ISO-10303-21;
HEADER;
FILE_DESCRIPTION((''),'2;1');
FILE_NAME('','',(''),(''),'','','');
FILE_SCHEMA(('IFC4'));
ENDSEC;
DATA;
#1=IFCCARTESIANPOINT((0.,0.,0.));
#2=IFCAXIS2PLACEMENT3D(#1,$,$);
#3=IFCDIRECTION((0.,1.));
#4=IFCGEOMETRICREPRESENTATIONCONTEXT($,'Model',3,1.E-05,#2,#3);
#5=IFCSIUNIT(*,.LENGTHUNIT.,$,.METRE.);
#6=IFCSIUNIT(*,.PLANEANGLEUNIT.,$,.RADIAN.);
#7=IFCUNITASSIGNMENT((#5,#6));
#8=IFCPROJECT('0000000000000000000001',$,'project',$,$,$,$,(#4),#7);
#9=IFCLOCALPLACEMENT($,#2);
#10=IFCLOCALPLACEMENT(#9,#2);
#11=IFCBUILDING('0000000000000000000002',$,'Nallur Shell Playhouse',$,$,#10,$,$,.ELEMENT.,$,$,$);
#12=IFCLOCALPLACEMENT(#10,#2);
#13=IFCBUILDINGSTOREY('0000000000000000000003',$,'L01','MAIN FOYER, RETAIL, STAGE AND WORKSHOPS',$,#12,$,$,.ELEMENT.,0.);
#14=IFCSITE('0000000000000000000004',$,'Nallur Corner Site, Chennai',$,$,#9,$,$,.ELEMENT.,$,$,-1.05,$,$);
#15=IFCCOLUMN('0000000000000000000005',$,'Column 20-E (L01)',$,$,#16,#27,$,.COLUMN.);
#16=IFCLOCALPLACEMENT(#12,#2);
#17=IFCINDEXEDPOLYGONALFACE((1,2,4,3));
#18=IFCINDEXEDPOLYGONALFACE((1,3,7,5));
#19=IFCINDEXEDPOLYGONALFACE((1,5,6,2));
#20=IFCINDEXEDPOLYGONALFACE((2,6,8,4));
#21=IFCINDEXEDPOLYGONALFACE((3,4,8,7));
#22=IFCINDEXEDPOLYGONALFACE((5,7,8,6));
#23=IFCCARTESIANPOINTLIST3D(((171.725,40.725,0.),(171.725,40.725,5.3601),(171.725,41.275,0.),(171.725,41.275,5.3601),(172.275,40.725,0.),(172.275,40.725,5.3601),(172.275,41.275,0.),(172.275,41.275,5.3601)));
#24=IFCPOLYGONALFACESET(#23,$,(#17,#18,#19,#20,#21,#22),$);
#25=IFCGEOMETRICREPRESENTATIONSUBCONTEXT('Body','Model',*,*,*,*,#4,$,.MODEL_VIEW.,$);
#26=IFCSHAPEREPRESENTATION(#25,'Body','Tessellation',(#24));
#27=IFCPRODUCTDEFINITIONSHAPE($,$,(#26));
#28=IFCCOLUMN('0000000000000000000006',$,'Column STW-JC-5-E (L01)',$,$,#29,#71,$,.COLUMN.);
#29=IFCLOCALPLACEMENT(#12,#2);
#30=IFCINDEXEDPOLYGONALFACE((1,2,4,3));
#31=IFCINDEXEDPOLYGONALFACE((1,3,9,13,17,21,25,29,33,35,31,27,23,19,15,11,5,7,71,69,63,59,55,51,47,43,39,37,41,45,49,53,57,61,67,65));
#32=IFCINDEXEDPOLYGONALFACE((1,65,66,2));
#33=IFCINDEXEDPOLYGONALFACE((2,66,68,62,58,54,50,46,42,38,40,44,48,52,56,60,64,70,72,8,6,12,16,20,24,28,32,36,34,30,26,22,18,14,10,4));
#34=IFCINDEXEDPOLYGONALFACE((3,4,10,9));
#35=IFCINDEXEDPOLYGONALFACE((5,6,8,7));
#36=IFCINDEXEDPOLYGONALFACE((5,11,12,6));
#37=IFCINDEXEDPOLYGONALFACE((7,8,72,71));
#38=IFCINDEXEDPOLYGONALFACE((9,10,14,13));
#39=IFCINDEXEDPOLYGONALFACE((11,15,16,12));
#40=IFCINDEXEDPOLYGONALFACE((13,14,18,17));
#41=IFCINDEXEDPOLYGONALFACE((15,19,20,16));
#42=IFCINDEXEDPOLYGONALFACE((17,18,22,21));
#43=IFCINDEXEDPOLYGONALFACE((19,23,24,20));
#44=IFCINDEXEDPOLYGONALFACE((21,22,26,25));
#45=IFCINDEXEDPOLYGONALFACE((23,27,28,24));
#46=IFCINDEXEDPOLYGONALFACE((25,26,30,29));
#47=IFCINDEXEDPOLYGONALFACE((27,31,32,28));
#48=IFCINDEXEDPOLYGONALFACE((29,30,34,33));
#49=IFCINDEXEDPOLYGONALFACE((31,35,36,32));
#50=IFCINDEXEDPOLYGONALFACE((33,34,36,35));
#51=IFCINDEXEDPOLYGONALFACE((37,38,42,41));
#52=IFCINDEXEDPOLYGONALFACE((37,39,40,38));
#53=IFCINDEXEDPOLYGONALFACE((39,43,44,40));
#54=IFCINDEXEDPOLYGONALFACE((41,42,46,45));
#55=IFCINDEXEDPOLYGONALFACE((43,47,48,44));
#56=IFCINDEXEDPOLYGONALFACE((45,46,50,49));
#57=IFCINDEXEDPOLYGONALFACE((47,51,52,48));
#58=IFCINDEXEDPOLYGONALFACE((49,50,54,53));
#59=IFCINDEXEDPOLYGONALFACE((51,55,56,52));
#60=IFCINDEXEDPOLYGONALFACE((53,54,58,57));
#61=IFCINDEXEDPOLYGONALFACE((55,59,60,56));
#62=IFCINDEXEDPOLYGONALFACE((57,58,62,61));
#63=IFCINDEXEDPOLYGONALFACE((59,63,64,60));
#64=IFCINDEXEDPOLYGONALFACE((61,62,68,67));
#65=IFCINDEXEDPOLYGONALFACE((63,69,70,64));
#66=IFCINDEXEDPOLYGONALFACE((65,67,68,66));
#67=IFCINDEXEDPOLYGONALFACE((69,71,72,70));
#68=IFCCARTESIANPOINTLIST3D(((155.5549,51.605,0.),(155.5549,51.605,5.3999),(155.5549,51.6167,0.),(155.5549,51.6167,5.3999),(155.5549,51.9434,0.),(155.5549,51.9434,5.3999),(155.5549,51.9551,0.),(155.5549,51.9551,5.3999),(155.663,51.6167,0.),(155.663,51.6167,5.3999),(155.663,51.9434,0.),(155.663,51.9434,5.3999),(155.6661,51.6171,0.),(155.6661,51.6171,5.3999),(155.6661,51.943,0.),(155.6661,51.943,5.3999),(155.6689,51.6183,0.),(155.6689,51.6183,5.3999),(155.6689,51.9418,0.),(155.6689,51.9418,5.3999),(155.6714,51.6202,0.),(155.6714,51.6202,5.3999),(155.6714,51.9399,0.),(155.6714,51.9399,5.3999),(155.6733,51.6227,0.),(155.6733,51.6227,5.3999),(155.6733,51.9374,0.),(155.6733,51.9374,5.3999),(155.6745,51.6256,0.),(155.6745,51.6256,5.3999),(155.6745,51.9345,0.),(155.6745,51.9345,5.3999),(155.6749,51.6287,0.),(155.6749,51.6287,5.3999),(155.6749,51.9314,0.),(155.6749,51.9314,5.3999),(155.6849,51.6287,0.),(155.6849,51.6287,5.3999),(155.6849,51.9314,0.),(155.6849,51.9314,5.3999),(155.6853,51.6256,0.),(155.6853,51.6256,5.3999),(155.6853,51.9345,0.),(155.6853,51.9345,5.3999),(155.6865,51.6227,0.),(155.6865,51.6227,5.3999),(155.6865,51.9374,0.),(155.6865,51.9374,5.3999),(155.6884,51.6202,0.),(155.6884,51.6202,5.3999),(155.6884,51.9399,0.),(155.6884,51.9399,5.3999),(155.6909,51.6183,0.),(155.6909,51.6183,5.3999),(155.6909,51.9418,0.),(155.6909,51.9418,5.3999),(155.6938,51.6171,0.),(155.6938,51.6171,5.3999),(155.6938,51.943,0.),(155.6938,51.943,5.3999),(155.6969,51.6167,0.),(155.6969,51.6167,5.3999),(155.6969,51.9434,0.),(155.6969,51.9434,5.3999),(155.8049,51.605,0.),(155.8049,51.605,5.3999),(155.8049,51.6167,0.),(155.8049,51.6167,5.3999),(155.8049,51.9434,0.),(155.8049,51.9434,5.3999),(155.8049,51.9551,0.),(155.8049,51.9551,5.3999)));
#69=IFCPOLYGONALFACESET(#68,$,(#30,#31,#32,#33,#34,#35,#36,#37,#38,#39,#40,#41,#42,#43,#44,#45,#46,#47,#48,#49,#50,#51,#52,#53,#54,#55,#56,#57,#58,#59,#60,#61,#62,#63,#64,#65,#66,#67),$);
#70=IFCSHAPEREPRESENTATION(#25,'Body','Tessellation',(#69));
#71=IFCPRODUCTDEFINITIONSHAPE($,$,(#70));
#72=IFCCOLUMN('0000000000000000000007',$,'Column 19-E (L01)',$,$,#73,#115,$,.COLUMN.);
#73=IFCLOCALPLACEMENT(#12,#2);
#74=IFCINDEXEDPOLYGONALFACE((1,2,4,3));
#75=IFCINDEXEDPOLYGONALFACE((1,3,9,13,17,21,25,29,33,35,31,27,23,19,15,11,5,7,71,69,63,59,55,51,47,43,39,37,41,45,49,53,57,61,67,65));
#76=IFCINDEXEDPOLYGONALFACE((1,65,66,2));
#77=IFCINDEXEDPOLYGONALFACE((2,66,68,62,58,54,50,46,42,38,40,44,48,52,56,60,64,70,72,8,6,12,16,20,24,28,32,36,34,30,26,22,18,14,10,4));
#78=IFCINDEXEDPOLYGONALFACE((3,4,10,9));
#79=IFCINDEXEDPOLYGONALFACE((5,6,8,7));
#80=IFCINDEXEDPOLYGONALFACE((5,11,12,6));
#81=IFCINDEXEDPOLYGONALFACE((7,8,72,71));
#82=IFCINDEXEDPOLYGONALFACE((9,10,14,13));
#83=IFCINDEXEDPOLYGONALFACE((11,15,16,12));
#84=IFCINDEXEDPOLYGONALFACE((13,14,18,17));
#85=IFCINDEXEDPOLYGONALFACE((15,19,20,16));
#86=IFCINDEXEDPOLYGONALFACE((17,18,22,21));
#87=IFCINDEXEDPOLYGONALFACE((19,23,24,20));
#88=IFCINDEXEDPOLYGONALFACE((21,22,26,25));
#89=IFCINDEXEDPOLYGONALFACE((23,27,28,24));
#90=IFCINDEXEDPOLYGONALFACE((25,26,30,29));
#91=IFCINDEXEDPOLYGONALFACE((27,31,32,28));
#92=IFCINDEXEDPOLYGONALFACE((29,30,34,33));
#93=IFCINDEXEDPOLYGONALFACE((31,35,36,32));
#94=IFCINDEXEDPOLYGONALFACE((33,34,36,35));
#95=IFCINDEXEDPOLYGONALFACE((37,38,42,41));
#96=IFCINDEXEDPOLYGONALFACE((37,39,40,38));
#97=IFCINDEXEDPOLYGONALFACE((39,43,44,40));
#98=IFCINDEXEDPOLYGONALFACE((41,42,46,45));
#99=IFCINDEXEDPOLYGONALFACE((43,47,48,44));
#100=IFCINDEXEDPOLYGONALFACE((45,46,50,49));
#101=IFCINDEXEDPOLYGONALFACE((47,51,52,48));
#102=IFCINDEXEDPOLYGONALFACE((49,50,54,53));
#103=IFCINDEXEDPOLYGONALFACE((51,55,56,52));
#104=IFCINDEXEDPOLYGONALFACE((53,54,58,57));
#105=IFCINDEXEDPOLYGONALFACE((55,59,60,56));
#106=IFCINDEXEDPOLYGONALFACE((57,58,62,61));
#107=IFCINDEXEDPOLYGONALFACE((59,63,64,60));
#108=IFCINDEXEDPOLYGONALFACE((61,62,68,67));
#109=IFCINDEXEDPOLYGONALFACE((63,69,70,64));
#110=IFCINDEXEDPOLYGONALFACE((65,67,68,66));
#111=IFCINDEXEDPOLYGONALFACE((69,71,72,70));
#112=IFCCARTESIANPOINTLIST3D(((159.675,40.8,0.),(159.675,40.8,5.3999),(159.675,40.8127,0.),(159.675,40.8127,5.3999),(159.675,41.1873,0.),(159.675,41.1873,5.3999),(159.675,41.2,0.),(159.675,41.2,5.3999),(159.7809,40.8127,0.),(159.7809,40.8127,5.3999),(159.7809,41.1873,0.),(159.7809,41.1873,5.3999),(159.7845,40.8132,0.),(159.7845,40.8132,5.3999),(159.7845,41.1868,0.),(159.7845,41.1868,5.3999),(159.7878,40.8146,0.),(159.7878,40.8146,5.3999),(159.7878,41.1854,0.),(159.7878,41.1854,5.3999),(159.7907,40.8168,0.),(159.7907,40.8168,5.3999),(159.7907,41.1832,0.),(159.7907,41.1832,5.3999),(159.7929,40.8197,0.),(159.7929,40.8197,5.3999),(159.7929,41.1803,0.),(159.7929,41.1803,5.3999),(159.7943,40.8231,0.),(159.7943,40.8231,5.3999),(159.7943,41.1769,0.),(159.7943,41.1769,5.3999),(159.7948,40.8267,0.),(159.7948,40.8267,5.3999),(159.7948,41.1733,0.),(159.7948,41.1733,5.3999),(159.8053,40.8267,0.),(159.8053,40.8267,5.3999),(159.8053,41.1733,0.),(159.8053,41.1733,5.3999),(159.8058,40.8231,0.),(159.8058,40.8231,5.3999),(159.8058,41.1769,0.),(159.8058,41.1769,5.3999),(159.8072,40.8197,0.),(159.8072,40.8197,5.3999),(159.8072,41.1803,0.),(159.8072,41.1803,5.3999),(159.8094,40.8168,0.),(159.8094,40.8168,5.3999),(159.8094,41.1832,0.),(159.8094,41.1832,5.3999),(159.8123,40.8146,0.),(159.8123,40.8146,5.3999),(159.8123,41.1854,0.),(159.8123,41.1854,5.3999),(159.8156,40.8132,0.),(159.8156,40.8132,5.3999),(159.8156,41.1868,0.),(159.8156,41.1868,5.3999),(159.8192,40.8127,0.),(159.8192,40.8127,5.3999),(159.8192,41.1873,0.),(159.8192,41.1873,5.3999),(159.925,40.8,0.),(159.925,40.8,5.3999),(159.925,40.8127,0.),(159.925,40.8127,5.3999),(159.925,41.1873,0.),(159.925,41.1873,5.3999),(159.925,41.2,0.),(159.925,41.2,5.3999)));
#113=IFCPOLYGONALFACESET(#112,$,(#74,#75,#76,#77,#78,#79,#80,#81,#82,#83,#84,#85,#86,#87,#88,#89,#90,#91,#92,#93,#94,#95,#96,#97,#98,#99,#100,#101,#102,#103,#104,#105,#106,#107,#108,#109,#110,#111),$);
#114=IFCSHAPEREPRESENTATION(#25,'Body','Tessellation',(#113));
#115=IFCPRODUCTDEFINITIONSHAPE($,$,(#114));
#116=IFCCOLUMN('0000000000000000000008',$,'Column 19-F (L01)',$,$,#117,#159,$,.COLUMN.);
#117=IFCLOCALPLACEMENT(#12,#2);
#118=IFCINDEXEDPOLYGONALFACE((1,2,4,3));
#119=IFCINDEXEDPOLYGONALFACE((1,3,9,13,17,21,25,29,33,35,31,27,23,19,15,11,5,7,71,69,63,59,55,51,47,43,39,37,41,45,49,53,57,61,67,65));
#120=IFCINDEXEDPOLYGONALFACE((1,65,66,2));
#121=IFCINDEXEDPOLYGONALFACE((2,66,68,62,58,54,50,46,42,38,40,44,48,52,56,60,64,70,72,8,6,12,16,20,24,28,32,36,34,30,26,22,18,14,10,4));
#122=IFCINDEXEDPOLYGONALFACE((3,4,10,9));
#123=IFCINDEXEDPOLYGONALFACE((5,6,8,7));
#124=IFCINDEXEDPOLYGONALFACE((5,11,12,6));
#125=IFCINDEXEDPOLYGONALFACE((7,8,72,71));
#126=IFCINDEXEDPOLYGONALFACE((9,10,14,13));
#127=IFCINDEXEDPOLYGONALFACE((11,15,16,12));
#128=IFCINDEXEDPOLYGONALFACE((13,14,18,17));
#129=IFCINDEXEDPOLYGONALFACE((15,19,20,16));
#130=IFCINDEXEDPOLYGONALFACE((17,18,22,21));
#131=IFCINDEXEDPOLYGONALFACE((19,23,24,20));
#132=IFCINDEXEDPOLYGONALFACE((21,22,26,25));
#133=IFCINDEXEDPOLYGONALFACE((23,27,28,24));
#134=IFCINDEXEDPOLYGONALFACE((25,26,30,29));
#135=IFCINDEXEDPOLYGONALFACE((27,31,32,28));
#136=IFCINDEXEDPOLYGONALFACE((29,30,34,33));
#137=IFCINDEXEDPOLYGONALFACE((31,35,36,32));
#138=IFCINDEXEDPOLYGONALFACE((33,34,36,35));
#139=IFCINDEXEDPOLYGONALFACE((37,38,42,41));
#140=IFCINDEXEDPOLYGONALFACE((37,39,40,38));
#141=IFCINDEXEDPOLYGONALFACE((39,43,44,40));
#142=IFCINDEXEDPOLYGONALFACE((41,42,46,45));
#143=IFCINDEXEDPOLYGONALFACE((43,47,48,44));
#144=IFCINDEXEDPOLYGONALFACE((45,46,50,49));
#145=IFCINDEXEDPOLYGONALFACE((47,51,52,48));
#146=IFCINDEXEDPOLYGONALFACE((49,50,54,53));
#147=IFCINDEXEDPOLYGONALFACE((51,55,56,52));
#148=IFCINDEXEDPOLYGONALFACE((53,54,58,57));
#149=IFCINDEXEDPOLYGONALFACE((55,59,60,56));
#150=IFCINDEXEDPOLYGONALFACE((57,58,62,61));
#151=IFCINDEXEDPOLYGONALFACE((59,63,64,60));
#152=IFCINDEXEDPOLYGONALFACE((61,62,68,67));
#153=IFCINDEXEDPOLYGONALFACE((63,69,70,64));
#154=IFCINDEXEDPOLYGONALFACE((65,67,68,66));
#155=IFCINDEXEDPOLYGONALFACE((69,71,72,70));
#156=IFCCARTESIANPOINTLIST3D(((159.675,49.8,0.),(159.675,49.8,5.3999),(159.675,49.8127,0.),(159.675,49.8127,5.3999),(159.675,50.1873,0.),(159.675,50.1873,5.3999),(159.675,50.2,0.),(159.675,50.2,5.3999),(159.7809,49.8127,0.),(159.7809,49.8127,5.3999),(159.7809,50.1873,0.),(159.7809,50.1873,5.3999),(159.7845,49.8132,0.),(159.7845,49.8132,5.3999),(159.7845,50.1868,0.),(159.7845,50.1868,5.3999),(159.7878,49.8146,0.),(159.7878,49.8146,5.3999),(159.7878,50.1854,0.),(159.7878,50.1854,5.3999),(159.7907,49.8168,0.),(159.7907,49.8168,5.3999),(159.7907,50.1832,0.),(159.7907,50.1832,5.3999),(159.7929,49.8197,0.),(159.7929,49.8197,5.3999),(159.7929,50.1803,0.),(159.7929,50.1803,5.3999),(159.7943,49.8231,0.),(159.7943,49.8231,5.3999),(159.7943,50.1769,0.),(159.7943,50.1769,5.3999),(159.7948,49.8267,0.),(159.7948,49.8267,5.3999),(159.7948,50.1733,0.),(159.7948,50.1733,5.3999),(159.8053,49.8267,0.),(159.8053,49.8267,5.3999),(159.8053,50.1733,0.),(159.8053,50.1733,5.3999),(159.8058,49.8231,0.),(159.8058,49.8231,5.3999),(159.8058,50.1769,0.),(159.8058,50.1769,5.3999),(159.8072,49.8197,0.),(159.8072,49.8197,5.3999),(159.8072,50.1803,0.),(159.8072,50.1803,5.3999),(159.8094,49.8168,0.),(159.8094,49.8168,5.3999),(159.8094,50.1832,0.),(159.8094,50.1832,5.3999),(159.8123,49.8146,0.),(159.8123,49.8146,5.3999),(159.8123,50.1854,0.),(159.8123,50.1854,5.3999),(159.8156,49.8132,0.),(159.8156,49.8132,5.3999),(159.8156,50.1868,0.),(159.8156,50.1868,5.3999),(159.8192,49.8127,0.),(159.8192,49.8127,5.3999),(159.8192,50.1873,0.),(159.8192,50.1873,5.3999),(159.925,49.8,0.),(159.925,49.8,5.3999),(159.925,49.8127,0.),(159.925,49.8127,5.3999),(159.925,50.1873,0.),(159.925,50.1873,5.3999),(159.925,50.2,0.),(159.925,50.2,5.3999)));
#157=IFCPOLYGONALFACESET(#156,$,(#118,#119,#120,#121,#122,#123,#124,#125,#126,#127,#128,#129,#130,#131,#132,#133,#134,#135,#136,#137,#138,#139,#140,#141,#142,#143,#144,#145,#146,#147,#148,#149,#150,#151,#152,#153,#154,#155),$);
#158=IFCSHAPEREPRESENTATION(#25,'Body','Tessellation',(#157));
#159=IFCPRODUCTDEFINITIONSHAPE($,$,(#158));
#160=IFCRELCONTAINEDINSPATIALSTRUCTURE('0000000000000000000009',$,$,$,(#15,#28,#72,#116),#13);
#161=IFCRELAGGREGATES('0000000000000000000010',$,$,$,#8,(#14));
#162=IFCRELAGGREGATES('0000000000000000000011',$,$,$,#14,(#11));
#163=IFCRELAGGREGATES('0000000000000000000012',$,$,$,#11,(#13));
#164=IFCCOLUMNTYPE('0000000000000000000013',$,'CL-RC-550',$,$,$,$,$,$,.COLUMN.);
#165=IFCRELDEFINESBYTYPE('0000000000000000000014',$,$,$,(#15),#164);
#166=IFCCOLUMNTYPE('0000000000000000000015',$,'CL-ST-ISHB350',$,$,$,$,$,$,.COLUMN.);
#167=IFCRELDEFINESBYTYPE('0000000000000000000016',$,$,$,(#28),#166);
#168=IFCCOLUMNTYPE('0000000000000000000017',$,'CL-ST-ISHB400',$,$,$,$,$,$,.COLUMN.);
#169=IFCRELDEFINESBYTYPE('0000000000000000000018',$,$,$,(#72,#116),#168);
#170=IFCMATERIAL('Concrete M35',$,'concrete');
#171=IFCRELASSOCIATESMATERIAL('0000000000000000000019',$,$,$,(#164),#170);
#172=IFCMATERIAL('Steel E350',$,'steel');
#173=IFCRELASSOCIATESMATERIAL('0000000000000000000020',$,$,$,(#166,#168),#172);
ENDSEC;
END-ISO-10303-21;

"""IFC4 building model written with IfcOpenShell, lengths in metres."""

from ifc_helpers import new_model, si_unit, direction, frame, origin, origin_2d, place, context, subcontext, project, spatial, rectangle, i_section, extrude, material, material_profile, profile_set, type_object, element, save


model = new_model("IFC4")

# Units and contexts
model_context = context("Model", 3, precision=1e-05, world=origin(), true_north=direction((0.0, 1.0)))
body_context = subcontext(model_context, "Body", "Model", "MODEL_VIEW")
ifc_project = project(units=[si_unit("LENGTHUNIT", "METRE"), si_unit("PLANEANGLEUNIT", "RADIAN")], contexts=[model_context])

# Site, building, storey
site_placement = place(None, origin())
site = spatial("IfcSite", under=ifc_project, at=site_placement, Name="Nallur Corner Site, Chennai", CompositionType="ELEMENT", RefElevation=-1.05)
building_placement = place(site_placement, origin())
building = spatial("IfcBuilding", under=site, at=building_placement, Name="Nallur Shell Playhouse", CompositionType="ELEMENT")
storey_placement = place(building_placement, origin())
storey = spatial("IfcBuildingStorey", under=building, at=storey_placement, Name="L01", Description="MAIN FOYER, RETAIL, STAGE AND WORKSHOPS", CompositionType="ELEMENT", Elevation=0.0)

# Columns
ifc_material_1 = material(Name="Concrete M35", Category="concrete")
ifc_material_profile_1 = material_profile(ifc_material_1, rectangle(XDim=0.55, YDim=0.55, at=origin_2d()), Name="RC 550x550")
ifc_profile_set_1 = profile_set([ifc_material_profile_1], Name="Concrete M35")
column_type_1 = type_object("IfcColumnType", Name="CL-RC-550", PredefinedType="COLUMN", material=ifc_profile_set_1)
column_1_placement = place(storey_placement, frame((172.0, 41.0, 0.0), z_axis=(0.0, 0.0, 1.0), x_axis=(1.0, 0.0, 0.0)))
element("IfcColumn", 1, at=column_1_placement, inside=storey, type_object=column_type_1, Name="Column 20-E (L01)", PredefinedType="COLUMN", context=body_context, shape_type="SweptSolid", body=[
    extrude(rectangle(XDim=0.55, YDim=0.55, at=origin_2d()), origin(), (0.0, 0.0, 1.0), 5.3601),
])
ifc_material_2 = material(Name="Steel E350", Category="steel")
ifc_material_profile_2 = material_profile(ifc_material_2, i_section(OverallWidth=0.25, OverallDepth=0.3501, WebThickness=0.01, FlangeThickness=0.0117, FilletRadius=0.012, at=origin_2d()), Name="ISHB 350")
ifc_profile_set_2 = profile_set([ifc_material_profile_2], Name="Steel E350")
column_type_2 = type_object("IfcColumnType", Name="CL-ST-ISHB350", PredefinedType="COLUMN", material=ifc_profile_set_2)
column_2_placement = place(storey_placement, frame((155.6799, 51.78, 0.0), z_axis=(0.0, 0.0, 1.0), x_axis=(1.0, 0.0, 0.0)))
element("IfcColumn", 2, at=column_2_placement, inside=storey, type_object=column_type_2, Name="Column STW-JC-5-E (L01)", PredefinedType="COLUMN", context=body_context, shape_type="SweptSolid", body=[
    extrude(i_section(OverallWidth=0.25, OverallDepth=0.3501, WebThickness=0.01, FlangeThickness=0.0117, FilletRadius=0.012, at=origin_2d()), origin(), (0.0, 0.0, 1.0), 5.3999),
])
ifc_material_profile_3 = material_profile(ifc_material_2, i_section(OverallWidth=0.25, OverallDepth=0.3999, WebThickness=0.0105, FlangeThickness=0.0127, FilletRadius=0.0139, at=origin_2d()), Name="ISHB 400")
ifc_profile_set_3 = profile_set([ifc_material_profile_3], Name="Steel E350")
column_type_3 = type_object("IfcColumnType", Name="CL-ST-ISHB400", PredefinedType="COLUMN", material=ifc_profile_set_3)
for number, where, z_axis, x_axis, name in (
    (3, (159.8, 41.0, 0.0), (0.0, 0.0, 1.0), (1.0, 0.0, 0.0), "Column 19-E (L01)"),
    (4, (159.8, 50.0, 0.0), (0.0, 0.0, 1.0), (1.0, 0.0, 0.0), "Column 19-F (L01)"),
):
    element("IfcColumn", number, at=place(storey_placement, frame(where, z_axis=z_axis, x_axis=x_axis)), inside=storey, type_object=column_type_3, Name=name, PredefinedType="COLUMN", context=body_context, shape_type="SweptSolid", body=[
        extrude(i_section(OverallWidth=0.25, OverallDepth=0.3999, WebThickness=0.0105, FlangeThickness=0.0127, FilletRadius=0.0139, at=origin_2d()), origin(), (0.0, 0.0, 1.0), 5.3999),
    ])

save(model, "model.ifc")
